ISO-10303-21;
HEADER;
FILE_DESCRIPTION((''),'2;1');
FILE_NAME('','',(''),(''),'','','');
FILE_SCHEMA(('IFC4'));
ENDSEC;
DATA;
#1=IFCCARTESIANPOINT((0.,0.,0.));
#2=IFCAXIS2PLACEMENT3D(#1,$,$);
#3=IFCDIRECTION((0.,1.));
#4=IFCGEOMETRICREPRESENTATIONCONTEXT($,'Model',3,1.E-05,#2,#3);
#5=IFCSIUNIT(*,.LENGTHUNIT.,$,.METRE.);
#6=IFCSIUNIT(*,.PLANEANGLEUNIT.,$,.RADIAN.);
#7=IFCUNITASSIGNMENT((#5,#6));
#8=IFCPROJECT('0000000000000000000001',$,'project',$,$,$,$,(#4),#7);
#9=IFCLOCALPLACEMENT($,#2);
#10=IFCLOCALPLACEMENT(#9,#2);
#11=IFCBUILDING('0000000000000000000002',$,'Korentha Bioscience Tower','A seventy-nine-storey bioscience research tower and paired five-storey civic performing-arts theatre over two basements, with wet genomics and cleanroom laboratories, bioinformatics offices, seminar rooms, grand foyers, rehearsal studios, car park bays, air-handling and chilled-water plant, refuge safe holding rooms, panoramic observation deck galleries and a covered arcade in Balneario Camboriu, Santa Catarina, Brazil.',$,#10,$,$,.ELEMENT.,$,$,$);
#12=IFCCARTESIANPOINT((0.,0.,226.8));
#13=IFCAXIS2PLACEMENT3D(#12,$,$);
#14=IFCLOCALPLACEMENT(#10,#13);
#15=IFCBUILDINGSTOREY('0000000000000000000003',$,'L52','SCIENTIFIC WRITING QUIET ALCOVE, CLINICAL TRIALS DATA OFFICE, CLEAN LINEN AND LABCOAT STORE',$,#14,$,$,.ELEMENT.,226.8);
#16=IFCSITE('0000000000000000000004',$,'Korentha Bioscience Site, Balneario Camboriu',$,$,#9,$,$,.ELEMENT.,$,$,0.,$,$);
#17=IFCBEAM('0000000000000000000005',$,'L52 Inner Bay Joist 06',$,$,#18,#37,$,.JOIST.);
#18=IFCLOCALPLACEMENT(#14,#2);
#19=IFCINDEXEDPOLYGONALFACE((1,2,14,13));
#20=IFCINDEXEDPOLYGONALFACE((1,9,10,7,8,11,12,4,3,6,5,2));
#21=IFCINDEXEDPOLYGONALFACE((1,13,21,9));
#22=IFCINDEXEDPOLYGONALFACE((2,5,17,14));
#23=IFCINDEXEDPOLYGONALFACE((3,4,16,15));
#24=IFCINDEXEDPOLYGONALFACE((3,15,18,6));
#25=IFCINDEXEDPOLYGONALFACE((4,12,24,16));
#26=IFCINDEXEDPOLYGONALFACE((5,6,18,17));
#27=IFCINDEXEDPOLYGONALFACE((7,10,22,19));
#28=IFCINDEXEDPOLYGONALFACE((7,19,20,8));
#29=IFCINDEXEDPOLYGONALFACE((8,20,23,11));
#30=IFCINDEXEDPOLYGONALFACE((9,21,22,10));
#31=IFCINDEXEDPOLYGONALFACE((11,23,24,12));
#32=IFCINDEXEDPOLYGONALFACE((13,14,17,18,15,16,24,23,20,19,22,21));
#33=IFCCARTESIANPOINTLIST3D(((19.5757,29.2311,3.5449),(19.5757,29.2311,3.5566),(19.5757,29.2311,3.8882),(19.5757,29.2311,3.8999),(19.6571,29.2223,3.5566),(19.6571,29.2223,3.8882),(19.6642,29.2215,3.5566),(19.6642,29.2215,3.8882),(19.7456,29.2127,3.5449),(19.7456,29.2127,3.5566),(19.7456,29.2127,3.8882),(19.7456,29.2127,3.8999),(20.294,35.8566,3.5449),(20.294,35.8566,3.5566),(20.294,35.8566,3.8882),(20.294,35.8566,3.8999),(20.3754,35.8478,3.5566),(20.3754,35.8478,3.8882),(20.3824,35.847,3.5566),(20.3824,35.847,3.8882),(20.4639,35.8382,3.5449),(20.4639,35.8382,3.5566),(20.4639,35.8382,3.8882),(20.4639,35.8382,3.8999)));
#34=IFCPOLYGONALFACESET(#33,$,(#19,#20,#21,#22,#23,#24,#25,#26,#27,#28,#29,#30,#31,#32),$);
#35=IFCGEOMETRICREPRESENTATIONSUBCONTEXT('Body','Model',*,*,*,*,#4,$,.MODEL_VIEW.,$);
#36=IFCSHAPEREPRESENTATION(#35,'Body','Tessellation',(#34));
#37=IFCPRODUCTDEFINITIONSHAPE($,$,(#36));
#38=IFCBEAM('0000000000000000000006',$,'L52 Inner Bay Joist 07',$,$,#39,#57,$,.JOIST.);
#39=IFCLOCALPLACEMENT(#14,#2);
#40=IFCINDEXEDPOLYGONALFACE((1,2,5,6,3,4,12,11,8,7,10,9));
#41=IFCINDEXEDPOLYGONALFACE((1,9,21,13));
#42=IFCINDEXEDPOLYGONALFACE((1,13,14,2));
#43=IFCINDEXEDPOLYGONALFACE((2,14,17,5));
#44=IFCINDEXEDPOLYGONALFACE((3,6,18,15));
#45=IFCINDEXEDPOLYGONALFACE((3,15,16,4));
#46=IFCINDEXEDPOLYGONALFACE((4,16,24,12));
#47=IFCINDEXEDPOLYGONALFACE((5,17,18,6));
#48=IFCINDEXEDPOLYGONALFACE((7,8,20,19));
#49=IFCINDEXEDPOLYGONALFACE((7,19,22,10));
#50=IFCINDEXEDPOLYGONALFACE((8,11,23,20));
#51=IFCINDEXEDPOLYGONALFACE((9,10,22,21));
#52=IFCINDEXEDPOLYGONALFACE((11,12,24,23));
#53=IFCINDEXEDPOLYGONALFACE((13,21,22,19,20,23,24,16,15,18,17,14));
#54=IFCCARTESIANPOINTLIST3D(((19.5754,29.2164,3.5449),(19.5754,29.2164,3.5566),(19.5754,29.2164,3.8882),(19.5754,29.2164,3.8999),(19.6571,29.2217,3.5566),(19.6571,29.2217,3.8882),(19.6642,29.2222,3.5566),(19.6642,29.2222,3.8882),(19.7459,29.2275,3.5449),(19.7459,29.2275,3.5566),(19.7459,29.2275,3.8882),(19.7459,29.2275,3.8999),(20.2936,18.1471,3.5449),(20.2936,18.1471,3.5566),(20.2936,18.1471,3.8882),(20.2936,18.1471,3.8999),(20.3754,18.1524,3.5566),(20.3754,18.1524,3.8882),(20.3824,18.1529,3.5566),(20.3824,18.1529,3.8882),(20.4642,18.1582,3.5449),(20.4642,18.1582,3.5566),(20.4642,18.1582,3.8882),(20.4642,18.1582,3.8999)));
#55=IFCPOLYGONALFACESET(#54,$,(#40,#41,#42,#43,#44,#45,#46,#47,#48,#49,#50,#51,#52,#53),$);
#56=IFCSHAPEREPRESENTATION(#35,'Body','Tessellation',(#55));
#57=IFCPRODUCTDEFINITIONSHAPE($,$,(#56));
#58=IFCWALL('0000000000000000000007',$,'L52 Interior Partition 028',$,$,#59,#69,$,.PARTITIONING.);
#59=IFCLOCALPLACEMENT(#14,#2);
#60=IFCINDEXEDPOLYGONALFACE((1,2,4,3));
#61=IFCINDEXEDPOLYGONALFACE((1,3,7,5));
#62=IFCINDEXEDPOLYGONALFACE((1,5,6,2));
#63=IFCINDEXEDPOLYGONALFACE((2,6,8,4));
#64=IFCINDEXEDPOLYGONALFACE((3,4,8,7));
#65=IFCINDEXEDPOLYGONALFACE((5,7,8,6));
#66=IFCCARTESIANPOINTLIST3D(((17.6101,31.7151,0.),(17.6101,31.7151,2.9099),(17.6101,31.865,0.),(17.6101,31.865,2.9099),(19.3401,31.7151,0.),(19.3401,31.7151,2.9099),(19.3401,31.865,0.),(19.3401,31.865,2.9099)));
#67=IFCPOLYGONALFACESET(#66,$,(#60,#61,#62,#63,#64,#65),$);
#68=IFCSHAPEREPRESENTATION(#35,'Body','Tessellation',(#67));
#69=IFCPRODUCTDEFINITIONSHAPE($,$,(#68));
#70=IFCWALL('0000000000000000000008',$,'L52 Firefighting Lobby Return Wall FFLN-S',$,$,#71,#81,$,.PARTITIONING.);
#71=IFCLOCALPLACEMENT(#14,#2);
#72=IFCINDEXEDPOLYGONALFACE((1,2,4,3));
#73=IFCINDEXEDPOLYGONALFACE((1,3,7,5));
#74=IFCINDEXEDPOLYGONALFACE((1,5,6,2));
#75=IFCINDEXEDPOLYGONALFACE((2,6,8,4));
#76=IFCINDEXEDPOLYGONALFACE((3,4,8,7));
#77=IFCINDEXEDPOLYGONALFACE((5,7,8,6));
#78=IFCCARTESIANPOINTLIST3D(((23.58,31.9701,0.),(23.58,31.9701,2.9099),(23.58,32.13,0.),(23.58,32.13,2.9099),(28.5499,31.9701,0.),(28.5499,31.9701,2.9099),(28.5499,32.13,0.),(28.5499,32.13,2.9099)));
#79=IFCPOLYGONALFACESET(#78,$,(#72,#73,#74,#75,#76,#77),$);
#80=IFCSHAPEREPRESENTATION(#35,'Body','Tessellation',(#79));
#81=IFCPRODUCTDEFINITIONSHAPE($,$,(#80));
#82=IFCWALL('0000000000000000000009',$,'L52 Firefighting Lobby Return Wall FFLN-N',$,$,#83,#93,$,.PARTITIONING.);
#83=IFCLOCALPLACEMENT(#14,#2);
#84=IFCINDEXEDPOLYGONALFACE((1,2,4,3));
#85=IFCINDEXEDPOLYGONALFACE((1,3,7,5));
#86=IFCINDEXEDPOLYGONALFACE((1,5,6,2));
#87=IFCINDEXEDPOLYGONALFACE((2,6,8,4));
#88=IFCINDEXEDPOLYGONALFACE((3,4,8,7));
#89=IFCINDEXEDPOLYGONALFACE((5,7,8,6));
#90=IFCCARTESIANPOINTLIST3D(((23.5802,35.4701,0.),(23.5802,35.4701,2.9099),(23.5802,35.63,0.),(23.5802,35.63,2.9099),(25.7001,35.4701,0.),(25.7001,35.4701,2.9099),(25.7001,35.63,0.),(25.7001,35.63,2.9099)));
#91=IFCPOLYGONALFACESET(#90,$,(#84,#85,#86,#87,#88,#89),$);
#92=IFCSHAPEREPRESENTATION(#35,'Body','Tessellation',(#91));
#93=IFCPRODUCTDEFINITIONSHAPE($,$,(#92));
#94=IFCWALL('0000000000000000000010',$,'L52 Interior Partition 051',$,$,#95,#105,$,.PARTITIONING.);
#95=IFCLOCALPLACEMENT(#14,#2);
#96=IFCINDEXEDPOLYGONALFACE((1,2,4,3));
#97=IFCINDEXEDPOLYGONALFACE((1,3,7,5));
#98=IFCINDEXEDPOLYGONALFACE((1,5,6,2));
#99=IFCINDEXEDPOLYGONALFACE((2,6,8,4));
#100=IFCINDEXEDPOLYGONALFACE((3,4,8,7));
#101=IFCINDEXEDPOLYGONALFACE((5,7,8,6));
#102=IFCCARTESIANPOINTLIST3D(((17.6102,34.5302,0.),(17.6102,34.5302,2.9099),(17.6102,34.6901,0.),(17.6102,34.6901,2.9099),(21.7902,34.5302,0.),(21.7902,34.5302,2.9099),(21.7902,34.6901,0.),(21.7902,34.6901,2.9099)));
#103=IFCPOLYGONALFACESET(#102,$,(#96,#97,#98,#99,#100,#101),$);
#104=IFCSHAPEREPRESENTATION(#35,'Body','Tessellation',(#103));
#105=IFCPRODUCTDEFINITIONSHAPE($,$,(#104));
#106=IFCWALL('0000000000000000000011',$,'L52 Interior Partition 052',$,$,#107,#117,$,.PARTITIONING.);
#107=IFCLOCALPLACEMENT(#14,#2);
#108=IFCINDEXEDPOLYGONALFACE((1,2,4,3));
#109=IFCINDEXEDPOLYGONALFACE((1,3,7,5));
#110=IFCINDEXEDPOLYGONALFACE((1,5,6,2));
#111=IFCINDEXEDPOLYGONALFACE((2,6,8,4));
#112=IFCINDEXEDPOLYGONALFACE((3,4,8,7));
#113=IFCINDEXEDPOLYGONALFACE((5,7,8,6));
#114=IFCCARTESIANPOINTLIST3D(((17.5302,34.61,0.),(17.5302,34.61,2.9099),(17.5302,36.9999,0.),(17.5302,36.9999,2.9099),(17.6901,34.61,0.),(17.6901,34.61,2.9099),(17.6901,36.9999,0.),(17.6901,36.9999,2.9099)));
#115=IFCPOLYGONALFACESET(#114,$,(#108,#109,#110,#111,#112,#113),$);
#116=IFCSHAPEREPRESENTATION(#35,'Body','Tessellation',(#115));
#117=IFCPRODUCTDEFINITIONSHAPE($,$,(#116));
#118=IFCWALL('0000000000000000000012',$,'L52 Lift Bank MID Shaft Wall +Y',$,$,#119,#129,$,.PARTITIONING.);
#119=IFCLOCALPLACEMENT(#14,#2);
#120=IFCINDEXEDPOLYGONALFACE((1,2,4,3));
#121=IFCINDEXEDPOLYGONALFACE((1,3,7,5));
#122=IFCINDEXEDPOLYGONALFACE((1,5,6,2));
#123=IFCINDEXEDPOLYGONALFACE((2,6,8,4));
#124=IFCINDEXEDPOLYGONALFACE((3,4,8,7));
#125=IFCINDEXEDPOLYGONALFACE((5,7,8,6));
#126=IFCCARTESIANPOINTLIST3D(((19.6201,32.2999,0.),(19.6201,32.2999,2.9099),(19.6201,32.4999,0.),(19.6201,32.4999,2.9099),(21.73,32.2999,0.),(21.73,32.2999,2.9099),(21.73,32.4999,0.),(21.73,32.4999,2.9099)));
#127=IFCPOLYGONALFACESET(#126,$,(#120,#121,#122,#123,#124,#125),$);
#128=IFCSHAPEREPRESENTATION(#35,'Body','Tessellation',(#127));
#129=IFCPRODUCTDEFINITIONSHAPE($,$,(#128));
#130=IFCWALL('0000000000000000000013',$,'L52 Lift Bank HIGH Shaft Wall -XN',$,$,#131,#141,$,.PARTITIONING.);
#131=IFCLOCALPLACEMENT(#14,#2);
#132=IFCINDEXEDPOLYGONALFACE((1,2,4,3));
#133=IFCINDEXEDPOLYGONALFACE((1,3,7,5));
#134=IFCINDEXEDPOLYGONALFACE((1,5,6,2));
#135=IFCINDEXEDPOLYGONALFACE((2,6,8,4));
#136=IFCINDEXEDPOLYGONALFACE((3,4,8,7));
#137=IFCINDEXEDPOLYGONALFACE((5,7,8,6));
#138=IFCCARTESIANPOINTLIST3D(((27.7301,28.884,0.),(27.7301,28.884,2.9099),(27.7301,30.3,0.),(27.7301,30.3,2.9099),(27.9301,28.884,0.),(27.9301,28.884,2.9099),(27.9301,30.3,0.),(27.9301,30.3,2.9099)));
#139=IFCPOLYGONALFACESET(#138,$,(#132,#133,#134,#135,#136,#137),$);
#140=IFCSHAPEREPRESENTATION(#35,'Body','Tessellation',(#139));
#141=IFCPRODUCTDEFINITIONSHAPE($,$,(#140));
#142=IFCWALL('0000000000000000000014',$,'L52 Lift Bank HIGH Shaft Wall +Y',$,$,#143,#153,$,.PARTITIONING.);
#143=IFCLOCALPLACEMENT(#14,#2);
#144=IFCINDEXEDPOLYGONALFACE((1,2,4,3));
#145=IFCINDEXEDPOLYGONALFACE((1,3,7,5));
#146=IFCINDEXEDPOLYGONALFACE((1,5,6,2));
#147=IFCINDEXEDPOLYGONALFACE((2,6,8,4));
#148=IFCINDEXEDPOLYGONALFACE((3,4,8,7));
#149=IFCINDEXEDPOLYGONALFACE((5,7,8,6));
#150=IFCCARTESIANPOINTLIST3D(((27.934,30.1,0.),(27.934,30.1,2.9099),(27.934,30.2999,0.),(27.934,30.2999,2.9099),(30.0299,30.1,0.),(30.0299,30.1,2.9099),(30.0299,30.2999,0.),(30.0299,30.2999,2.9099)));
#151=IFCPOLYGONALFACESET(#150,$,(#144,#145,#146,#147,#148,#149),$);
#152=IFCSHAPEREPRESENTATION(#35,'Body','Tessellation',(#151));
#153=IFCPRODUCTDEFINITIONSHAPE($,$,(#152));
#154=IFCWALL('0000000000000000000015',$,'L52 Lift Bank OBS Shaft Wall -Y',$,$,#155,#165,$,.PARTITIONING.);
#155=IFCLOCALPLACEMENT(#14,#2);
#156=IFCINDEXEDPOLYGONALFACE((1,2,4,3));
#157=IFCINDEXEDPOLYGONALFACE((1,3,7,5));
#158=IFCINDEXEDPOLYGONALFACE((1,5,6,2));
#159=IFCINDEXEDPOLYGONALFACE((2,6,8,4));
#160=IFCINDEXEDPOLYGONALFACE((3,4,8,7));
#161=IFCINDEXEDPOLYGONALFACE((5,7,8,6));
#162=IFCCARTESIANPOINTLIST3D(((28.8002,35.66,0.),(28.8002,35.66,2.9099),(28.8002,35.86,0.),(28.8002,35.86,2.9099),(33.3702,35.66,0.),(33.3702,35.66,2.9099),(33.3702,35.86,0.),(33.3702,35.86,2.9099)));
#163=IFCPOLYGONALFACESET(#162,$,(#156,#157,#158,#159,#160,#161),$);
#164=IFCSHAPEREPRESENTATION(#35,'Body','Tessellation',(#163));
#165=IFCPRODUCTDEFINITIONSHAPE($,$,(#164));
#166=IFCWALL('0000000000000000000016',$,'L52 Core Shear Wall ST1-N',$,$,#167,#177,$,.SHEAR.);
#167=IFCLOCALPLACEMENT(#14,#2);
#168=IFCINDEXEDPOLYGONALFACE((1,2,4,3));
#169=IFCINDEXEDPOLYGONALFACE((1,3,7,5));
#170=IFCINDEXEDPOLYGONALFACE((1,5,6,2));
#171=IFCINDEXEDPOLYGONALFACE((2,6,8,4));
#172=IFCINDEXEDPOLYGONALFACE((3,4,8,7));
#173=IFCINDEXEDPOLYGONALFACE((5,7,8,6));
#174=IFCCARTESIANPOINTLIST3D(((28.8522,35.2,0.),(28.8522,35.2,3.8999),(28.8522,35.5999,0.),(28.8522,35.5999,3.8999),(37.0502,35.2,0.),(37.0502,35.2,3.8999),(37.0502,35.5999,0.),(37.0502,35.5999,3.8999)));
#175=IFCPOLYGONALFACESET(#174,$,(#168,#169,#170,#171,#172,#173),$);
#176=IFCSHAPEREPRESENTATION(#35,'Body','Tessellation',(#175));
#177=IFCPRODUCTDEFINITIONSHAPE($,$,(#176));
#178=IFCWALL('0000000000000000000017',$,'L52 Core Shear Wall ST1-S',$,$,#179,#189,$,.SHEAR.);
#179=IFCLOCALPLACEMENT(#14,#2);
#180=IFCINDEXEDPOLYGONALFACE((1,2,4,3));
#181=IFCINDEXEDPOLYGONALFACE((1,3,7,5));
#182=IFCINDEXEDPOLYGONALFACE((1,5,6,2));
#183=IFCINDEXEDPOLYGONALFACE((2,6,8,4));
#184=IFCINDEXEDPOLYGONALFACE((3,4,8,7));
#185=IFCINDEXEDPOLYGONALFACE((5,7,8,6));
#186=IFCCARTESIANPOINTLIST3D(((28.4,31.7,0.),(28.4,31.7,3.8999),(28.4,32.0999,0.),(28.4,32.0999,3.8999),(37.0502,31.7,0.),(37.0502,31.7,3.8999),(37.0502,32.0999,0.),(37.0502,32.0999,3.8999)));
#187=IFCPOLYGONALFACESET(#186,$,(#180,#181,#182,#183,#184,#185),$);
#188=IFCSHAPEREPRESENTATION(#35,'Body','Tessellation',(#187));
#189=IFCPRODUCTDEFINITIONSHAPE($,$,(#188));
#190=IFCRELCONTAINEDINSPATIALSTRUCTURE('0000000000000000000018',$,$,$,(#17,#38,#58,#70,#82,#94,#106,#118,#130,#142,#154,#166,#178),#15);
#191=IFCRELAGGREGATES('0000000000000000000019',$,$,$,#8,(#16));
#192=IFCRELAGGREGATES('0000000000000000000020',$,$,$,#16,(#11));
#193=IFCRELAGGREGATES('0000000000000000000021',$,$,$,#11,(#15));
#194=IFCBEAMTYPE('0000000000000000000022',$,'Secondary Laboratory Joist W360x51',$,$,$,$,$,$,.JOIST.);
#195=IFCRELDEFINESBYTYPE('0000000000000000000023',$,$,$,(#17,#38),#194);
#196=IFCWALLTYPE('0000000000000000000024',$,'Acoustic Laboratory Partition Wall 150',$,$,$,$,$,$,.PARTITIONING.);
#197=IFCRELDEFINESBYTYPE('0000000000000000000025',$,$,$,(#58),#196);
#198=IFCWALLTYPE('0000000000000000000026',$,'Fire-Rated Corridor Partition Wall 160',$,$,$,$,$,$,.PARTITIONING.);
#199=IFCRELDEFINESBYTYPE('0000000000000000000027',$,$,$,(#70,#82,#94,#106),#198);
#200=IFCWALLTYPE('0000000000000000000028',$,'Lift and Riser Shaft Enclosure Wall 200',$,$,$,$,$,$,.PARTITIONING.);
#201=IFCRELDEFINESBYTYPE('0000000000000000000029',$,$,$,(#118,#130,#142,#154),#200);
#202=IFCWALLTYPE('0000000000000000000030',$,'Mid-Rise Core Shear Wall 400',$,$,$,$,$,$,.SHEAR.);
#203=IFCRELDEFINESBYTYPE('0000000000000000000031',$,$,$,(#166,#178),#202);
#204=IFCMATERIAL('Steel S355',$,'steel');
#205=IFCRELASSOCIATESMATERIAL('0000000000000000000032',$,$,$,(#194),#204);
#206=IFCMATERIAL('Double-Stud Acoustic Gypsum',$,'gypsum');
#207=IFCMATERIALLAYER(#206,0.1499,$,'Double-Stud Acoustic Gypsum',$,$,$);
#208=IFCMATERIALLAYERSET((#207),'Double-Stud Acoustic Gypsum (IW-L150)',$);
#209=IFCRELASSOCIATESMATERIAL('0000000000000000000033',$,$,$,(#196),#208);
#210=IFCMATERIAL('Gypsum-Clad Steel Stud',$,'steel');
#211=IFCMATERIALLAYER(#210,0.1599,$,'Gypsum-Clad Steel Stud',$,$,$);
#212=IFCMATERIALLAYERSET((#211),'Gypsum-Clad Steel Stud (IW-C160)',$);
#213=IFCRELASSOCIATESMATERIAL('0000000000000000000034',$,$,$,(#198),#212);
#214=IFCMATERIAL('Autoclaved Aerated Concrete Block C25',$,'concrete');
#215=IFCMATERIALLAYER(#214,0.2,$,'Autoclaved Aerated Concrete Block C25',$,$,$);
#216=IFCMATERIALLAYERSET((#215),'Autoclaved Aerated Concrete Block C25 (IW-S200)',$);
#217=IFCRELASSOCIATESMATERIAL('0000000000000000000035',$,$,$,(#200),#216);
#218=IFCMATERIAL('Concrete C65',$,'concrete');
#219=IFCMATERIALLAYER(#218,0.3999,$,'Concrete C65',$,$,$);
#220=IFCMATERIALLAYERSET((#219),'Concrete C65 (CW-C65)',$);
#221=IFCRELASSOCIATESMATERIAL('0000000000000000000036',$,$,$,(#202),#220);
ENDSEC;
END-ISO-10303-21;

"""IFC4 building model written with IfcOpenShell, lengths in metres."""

from ifc_helpers import new_model, si_unit, direction, frame, frame_2d, origin, origin_2d, place, context, subcontext, project, spatial, rectangle, i_section, extrude, material, layer, layer_set, material_profile, profile_set, type_object, element, save


model = new_model("IFC4")

# Units and contexts
model_context = context("Model", 3, precision=1e-05, world=origin(), true_north=direction((0.0, 1.0)))
body_context = subcontext(model_context, "Body", "Model", "MODEL_VIEW")
ifc_project = project(units=[si_unit("LENGTHUNIT", "METRE"), si_unit("PLANEANGLEUNIT", "RADIAN")], contexts=[model_context])

# Site, building, storey
site_placement = place(None, origin())
site = spatial("IfcSite", under=ifc_project, at=site_placement, Name="Korentha Bioscience Site, Balneario Camboriu", CompositionType="ELEMENT", RefElevation=0.0)
building_placement = place(site_placement, origin())
building = spatial("IfcBuilding", under=site, at=building_placement, Name="Korentha Bioscience Tower", Description="A seventy-nine-storey bioscience research tower and paired five-storey civic performing-arts theatre over two basements, with wet genomics and cleanroom laboratories, bioinformatics offices, seminar rooms, grand foyers, rehearsal studios, car park bays, air-handling and chilled-water plant, refuge safe holding rooms, panoramic observation deck galleries and a covered arcade in Balneario Camboriu, Santa Catarina, Brazil.", CompositionType="ELEMENT")
storey_placement = place(building_placement, frame((0.0, 0.0, 226.8)))
storey = spatial("IfcBuildingStorey", under=building, at=storey_placement, Name="L52", Description="SCIENTIFIC WRITING QUIET ALCOVE, CLINICAL TRIALS DATA OFFICE, CLEAN LINEN AND LABCOAT STORE", CompositionType="ELEMENT", Elevation=226.8)

# Shared definitions
ifc_material_1 = material(Name="Concrete C65", Category="concrete")

# Beams
ifc_material_2 = material(Name="Steel S355", Category="steel")
ifc_material_profile_1 = material_profile(ifc_material_2, i_section(OverallWidth=0.1709, OverallDepth=0.355, WebThickness=0.0071, FlangeThickness=0.0117, at=origin_2d()), Name="Steel S355")
ifc_profile_set_1 = profile_set([ifc_material_profile_1], Name="Steel S355 (JB-360)")
beam_type_1 = type_object("IfcBeamType", Name="Secondary Laboratory Joist W360x51", PredefinedType="JOIST", material=ifc_profile_set_1)
beam_1_placement = place(storey_placement, frame((20.3789, 35.8474, 3.7224), z_axis=(-0.107777, -0.994175, 0.0), x_axis=(0.994175, -0.107777, 0.0)))
element("IfcBeam", 1, at=beam_1_placement, inside=storey, type_object=beam_type_1, Name="L52 Inner Bay Joist 06", PredefinedType="JOIST", context=body_context, shape_type="SweptSolid", body=[
    extrude(i_section(OverallWidth=0.1709, OverallDepth=0.355, WebThickness=0.0071, FlangeThickness=0.0117, at=origin_2d()), origin(), (0.0, 0.0, 1.0), 6.6643),
])
beam_2_placement = place(storey_placement, frame((19.6606, 29.2219, 3.7224), z_axis=(0.064751, -0.997901, 0.0), x_axis=(0.997901, 0.064751, 0.0)))
element("IfcBeam", 2, at=beam_2_placement, inside=storey, type_object=beam_type_1, Name="L52 Inner Bay Joist 07", PredefinedType="JOIST", context=body_context, shape_type="SweptSolid", body=[
    extrude(i_section(OverallWidth=0.1709, OverallDepth=0.355, WebThickness=0.0071, FlangeThickness=0.0117, at=origin_2d()), origin(), (0.0, 0.0, 1.0), 11.0925),
])

# Wall
ifc_material_3 = material(Name="Double-Stud Acoustic Gypsum", Category="gypsum")
ifc_layer_1 = layer(ifc_material_3, 0.1499, Name="Double-Stud Acoustic Gypsum")
ifc_layer_set_1 = layer_set([ifc_layer_1], Name="Double-Stud Acoustic Gypsum (IW-L150)")
wall_type_1 = type_object("IfcWallType", Name="Acoustic Laboratory Partition Wall 150", PredefinedType="PARTITIONING", material=ifc_layer_set_1)
wall_1_placement = place(storey_placement, frame((17.6101, 31.79, 0.0), z_axis=(0.0, 0.0, 1.0), x_axis=(1.0, 0.0, 0.0)))
element("IfcWall", 3, at=wall_1_placement, inside=storey, type_object=wall_type_1, Name="L52 Interior Partition 028", PredefinedType="PARTITIONING", context=body_context, shape_type="SweptSolid", body=[
    extrude(rectangle(XDim=1.73, YDim=0.1499, at=frame_2d((0.865, 0.0))), origin(), (0.0, 0.0, 1.0), 2.9099),
])

# Shared definitions
ifc_material_4 = material(Name="Gypsum-Clad Steel Stud", Category="steel")
ifc_layer_2 = layer(ifc_material_4, 0.1599, Name="Gypsum-Clad Steel Stud")
ifc_layer_set_2 = layer_set([ifc_layer_2], Name="Gypsum-Clad Steel Stud (IW-C160)")
wall_type_2 = type_object("IfcWallType", Name="Fire-Rated Corridor Partition Wall 160", PredefinedType="PARTITIONING", material=ifc_layer_set_2)

# Walls
wall_2_placement = place(storey_placement, frame((23.5801, 32.05, 0.0), z_axis=(0.0, 0.0, 1.0), x_axis=(1.0, 0.0, 0.0)))
element("IfcWall", 4, at=wall_2_placement, inside=storey, type_object=wall_type_2, Name="L52 Firefighting Lobby Return Wall FFLN-S", PredefinedType="PARTITIONING", context=body_context, shape_type="SweptSolid", body=[
    extrude(rectangle(XDim=4.97, YDim=0.1599, at=frame_2d((2.4849, 0.0))), origin(), (0.0, 0.0, 1.0), 2.9099),
])
wall_3_placement = place(storey_placement, frame((23.5801, 35.55, 0.0), z_axis=(0.0, 0.0, 1.0), x_axis=(1.0, 0.0, 0.0)))
element("IfcWall", 5, at=wall_3_placement, inside=storey, type_object=wall_type_2, Name="L52 Firefighting Lobby Return Wall FFLN-N", PredefinedType="PARTITIONING", context=body_context, shape_type="SweptSolid", body=[
    extrude(rectangle(XDim=2.1199, YDim=0.1599, at=frame_2d((1.0601, 0.0))), origin(), (0.0, 0.0, 1.0), 2.9099),
])
wall_4_placement = place(storey_placement, frame((21.79, 34.6101, 0.0), z_axis=(0.0, 0.0, 1.0), x_axis=(-1.0, 0.0, 0.0)))
element("IfcWall", 6, at=wall_4_placement, inside=storey, type_object=wall_type_2, Name="L52 Interior Partition 051", PredefinedType="PARTITIONING", context=body_context, shape_type="SweptSolid", body=[
    extrude(rectangle(XDim=4.1799, YDim=0.1599, at=frame_2d((2.0898, 0.0))), origin(), (0.0, 0.0, 1.0), 2.9099),
])
wall_5_placement = place(storey_placement, frame((17.6101, 34.6101, 0.0), z_axis=(0.0, 0.0, 1.0), x_axis=(0.0, 1.0, 0.0)))
element("IfcWall", 7, at=wall_5_placement, inside=storey, type_object=wall_type_2, Name="L52 Interior Partition 052", PredefinedType="PARTITIONING", context=body_context, shape_type="SweptSolid", body=[
    extrude(rectangle(XDim=2.3899, YDim=0.1599, at=frame_2d((1.1948, 0.0))), origin(), (0.0, 0.0, 1.0), 2.9099),
])
ifc_material_5 = material(Name="Autoclaved Aerated Concrete Block C25", Category="concrete")
ifc_layer_3 = layer(ifc_material_5, 0.2, Name="Autoclaved Aerated Concrete Block C25")
ifc_layer_set_3 = layer_set([ifc_layer_3], Name="Autoclaved Aerated Concrete Block C25 (IW-S200)")
wall_type_3 = type_object("IfcWallType", Name="Lift and Riser Shaft Enclosure Wall 200", PredefinedType="PARTITIONING", material=ifc_layer_set_3)
wall_6_placement = place(storey_placement, frame((19.6201, 32.3999, 0.0), z_axis=(0.0, 0.0, 1.0), x_axis=(1.0, 0.0, 0.0)))
element("IfcWall", 8, at=wall_6_placement, inside=storey, type_object=wall_type_3, Name="L52 Lift Bank MID Shaft Wall +Y", PredefinedType="PARTITIONING", context=body_context, shape_type="SweptSolid", body=[
    extrude(rectangle(XDim=2.1099, YDim=0.2, at=frame_2d((1.0549, 0.0))), origin(), (0.0, 0.0, 1.0), 2.9099),
])
wall_7_placement = place(storey_placement, frame((27.8301, 28.884, 0.0), z_axis=(0.0, 0.0, 1.0), x_axis=(0.0, 1.0, 0.0)))
element("IfcWall", 9, at=wall_7_placement, inside=storey, type_object=wall_type_3, Name="L52 Lift Bank HIGH Shaft Wall -XN", PredefinedType="PARTITIONING", context=body_context, shape_type="SweptSolid", body=[
    extrude(rectangle(XDim=1.416, YDim=0.2, at=frame_2d((0.708, 0.0))), origin(), (0.0, 0.0, 1.0), 2.9099),
])
wall_8_placement = place(storey_placement, frame((27.9341, 30.2, 0.0), z_axis=(0.0, 0.0, 1.0), x_axis=(1.0, 0.0, 0.0)))
element("IfcWall", 10, at=wall_8_placement, inside=storey, type_object=wall_type_3, Name="L52 Lift Bank HIGH Shaft Wall +Y", PredefinedType="PARTITIONING", context=body_context, shape_type="SweptSolid", body=[
    extrude(rectangle(XDim=2.0959, YDim=0.2, at=frame_2d((1.0479, 0.0))), origin(), (0.0, 0.0, 1.0), 2.9099),
])
wall_9_placement = place(storey_placement, frame((28.8, 35.76, 0.0), z_axis=(0.0, 0.0, 1.0), x_axis=(1.0, 0.0, 0.0)))
element("IfcWall", 11, at=wall_9_placement, inside=storey, type_object=wall_type_3, Name="L52 Lift Bank OBS Shaft Wall -Y", PredefinedType="PARTITIONING", context=body_context, shape_type="SweptSolid", body=[
    extrude(rectangle(XDim=4.5701, YDim=0.2, at=frame_2d((2.2852, 0.0))), origin(), (0.0, 0.0, 1.0), 2.9099),
])
ifc_layer_4 = layer(ifc_material_1, 0.3999, Name="Concrete C65")
ifc_layer_set_4 = layer_set([ifc_layer_4], Name="Concrete C65 (CW-C65)")
wall_type_4 = type_object("IfcWallType", Name="Mid-Rise Core Shear Wall 400", PredefinedType="SHEAR", material=ifc_layer_set_4)
wall_10_placement = place(storey_placement, frame((28.8521, 35.3999, 0.0), z_axis=(0.0, 0.0, 1.0), x_axis=(1.0, 0.0, 0.0)))
element("IfcWall", 12, at=wall_10_placement, inside=storey, type_object=wall_type_4, Name="L52 Core Shear Wall ST1-N", PredefinedType="SHEAR", context=body_context, shape_type="SweptSolid", body=[
    extrude(rectangle(XDim=8.198, YDim=0.3999, at=frame_2d((4.0991, 0.0))), origin(), (0.0, 0.0, 1.0), 3.8999),
])
wall_11_placement = place(storey_placement, frame((28.3999, 31.8999, 0.0), z_axis=(0.0, 0.0, 1.0), x_axis=(1.0, 0.0, 0.0)))
element("IfcWall", 13, at=wall_11_placement, inside=storey, type_object=wall_type_4, Name="L52 Core Shear Wall ST1-S", PredefinedType="SHEAR", context=body_context, shape_type="SweptSolid", body=[
    extrude(rectangle(XDim=8.6501, YDim=0.3999, at=frame_2d((4.3252, 0.0))), origin(), (0.0, 0.0, 1.0), 3.8999),
])

save(model, "model.ifc")
